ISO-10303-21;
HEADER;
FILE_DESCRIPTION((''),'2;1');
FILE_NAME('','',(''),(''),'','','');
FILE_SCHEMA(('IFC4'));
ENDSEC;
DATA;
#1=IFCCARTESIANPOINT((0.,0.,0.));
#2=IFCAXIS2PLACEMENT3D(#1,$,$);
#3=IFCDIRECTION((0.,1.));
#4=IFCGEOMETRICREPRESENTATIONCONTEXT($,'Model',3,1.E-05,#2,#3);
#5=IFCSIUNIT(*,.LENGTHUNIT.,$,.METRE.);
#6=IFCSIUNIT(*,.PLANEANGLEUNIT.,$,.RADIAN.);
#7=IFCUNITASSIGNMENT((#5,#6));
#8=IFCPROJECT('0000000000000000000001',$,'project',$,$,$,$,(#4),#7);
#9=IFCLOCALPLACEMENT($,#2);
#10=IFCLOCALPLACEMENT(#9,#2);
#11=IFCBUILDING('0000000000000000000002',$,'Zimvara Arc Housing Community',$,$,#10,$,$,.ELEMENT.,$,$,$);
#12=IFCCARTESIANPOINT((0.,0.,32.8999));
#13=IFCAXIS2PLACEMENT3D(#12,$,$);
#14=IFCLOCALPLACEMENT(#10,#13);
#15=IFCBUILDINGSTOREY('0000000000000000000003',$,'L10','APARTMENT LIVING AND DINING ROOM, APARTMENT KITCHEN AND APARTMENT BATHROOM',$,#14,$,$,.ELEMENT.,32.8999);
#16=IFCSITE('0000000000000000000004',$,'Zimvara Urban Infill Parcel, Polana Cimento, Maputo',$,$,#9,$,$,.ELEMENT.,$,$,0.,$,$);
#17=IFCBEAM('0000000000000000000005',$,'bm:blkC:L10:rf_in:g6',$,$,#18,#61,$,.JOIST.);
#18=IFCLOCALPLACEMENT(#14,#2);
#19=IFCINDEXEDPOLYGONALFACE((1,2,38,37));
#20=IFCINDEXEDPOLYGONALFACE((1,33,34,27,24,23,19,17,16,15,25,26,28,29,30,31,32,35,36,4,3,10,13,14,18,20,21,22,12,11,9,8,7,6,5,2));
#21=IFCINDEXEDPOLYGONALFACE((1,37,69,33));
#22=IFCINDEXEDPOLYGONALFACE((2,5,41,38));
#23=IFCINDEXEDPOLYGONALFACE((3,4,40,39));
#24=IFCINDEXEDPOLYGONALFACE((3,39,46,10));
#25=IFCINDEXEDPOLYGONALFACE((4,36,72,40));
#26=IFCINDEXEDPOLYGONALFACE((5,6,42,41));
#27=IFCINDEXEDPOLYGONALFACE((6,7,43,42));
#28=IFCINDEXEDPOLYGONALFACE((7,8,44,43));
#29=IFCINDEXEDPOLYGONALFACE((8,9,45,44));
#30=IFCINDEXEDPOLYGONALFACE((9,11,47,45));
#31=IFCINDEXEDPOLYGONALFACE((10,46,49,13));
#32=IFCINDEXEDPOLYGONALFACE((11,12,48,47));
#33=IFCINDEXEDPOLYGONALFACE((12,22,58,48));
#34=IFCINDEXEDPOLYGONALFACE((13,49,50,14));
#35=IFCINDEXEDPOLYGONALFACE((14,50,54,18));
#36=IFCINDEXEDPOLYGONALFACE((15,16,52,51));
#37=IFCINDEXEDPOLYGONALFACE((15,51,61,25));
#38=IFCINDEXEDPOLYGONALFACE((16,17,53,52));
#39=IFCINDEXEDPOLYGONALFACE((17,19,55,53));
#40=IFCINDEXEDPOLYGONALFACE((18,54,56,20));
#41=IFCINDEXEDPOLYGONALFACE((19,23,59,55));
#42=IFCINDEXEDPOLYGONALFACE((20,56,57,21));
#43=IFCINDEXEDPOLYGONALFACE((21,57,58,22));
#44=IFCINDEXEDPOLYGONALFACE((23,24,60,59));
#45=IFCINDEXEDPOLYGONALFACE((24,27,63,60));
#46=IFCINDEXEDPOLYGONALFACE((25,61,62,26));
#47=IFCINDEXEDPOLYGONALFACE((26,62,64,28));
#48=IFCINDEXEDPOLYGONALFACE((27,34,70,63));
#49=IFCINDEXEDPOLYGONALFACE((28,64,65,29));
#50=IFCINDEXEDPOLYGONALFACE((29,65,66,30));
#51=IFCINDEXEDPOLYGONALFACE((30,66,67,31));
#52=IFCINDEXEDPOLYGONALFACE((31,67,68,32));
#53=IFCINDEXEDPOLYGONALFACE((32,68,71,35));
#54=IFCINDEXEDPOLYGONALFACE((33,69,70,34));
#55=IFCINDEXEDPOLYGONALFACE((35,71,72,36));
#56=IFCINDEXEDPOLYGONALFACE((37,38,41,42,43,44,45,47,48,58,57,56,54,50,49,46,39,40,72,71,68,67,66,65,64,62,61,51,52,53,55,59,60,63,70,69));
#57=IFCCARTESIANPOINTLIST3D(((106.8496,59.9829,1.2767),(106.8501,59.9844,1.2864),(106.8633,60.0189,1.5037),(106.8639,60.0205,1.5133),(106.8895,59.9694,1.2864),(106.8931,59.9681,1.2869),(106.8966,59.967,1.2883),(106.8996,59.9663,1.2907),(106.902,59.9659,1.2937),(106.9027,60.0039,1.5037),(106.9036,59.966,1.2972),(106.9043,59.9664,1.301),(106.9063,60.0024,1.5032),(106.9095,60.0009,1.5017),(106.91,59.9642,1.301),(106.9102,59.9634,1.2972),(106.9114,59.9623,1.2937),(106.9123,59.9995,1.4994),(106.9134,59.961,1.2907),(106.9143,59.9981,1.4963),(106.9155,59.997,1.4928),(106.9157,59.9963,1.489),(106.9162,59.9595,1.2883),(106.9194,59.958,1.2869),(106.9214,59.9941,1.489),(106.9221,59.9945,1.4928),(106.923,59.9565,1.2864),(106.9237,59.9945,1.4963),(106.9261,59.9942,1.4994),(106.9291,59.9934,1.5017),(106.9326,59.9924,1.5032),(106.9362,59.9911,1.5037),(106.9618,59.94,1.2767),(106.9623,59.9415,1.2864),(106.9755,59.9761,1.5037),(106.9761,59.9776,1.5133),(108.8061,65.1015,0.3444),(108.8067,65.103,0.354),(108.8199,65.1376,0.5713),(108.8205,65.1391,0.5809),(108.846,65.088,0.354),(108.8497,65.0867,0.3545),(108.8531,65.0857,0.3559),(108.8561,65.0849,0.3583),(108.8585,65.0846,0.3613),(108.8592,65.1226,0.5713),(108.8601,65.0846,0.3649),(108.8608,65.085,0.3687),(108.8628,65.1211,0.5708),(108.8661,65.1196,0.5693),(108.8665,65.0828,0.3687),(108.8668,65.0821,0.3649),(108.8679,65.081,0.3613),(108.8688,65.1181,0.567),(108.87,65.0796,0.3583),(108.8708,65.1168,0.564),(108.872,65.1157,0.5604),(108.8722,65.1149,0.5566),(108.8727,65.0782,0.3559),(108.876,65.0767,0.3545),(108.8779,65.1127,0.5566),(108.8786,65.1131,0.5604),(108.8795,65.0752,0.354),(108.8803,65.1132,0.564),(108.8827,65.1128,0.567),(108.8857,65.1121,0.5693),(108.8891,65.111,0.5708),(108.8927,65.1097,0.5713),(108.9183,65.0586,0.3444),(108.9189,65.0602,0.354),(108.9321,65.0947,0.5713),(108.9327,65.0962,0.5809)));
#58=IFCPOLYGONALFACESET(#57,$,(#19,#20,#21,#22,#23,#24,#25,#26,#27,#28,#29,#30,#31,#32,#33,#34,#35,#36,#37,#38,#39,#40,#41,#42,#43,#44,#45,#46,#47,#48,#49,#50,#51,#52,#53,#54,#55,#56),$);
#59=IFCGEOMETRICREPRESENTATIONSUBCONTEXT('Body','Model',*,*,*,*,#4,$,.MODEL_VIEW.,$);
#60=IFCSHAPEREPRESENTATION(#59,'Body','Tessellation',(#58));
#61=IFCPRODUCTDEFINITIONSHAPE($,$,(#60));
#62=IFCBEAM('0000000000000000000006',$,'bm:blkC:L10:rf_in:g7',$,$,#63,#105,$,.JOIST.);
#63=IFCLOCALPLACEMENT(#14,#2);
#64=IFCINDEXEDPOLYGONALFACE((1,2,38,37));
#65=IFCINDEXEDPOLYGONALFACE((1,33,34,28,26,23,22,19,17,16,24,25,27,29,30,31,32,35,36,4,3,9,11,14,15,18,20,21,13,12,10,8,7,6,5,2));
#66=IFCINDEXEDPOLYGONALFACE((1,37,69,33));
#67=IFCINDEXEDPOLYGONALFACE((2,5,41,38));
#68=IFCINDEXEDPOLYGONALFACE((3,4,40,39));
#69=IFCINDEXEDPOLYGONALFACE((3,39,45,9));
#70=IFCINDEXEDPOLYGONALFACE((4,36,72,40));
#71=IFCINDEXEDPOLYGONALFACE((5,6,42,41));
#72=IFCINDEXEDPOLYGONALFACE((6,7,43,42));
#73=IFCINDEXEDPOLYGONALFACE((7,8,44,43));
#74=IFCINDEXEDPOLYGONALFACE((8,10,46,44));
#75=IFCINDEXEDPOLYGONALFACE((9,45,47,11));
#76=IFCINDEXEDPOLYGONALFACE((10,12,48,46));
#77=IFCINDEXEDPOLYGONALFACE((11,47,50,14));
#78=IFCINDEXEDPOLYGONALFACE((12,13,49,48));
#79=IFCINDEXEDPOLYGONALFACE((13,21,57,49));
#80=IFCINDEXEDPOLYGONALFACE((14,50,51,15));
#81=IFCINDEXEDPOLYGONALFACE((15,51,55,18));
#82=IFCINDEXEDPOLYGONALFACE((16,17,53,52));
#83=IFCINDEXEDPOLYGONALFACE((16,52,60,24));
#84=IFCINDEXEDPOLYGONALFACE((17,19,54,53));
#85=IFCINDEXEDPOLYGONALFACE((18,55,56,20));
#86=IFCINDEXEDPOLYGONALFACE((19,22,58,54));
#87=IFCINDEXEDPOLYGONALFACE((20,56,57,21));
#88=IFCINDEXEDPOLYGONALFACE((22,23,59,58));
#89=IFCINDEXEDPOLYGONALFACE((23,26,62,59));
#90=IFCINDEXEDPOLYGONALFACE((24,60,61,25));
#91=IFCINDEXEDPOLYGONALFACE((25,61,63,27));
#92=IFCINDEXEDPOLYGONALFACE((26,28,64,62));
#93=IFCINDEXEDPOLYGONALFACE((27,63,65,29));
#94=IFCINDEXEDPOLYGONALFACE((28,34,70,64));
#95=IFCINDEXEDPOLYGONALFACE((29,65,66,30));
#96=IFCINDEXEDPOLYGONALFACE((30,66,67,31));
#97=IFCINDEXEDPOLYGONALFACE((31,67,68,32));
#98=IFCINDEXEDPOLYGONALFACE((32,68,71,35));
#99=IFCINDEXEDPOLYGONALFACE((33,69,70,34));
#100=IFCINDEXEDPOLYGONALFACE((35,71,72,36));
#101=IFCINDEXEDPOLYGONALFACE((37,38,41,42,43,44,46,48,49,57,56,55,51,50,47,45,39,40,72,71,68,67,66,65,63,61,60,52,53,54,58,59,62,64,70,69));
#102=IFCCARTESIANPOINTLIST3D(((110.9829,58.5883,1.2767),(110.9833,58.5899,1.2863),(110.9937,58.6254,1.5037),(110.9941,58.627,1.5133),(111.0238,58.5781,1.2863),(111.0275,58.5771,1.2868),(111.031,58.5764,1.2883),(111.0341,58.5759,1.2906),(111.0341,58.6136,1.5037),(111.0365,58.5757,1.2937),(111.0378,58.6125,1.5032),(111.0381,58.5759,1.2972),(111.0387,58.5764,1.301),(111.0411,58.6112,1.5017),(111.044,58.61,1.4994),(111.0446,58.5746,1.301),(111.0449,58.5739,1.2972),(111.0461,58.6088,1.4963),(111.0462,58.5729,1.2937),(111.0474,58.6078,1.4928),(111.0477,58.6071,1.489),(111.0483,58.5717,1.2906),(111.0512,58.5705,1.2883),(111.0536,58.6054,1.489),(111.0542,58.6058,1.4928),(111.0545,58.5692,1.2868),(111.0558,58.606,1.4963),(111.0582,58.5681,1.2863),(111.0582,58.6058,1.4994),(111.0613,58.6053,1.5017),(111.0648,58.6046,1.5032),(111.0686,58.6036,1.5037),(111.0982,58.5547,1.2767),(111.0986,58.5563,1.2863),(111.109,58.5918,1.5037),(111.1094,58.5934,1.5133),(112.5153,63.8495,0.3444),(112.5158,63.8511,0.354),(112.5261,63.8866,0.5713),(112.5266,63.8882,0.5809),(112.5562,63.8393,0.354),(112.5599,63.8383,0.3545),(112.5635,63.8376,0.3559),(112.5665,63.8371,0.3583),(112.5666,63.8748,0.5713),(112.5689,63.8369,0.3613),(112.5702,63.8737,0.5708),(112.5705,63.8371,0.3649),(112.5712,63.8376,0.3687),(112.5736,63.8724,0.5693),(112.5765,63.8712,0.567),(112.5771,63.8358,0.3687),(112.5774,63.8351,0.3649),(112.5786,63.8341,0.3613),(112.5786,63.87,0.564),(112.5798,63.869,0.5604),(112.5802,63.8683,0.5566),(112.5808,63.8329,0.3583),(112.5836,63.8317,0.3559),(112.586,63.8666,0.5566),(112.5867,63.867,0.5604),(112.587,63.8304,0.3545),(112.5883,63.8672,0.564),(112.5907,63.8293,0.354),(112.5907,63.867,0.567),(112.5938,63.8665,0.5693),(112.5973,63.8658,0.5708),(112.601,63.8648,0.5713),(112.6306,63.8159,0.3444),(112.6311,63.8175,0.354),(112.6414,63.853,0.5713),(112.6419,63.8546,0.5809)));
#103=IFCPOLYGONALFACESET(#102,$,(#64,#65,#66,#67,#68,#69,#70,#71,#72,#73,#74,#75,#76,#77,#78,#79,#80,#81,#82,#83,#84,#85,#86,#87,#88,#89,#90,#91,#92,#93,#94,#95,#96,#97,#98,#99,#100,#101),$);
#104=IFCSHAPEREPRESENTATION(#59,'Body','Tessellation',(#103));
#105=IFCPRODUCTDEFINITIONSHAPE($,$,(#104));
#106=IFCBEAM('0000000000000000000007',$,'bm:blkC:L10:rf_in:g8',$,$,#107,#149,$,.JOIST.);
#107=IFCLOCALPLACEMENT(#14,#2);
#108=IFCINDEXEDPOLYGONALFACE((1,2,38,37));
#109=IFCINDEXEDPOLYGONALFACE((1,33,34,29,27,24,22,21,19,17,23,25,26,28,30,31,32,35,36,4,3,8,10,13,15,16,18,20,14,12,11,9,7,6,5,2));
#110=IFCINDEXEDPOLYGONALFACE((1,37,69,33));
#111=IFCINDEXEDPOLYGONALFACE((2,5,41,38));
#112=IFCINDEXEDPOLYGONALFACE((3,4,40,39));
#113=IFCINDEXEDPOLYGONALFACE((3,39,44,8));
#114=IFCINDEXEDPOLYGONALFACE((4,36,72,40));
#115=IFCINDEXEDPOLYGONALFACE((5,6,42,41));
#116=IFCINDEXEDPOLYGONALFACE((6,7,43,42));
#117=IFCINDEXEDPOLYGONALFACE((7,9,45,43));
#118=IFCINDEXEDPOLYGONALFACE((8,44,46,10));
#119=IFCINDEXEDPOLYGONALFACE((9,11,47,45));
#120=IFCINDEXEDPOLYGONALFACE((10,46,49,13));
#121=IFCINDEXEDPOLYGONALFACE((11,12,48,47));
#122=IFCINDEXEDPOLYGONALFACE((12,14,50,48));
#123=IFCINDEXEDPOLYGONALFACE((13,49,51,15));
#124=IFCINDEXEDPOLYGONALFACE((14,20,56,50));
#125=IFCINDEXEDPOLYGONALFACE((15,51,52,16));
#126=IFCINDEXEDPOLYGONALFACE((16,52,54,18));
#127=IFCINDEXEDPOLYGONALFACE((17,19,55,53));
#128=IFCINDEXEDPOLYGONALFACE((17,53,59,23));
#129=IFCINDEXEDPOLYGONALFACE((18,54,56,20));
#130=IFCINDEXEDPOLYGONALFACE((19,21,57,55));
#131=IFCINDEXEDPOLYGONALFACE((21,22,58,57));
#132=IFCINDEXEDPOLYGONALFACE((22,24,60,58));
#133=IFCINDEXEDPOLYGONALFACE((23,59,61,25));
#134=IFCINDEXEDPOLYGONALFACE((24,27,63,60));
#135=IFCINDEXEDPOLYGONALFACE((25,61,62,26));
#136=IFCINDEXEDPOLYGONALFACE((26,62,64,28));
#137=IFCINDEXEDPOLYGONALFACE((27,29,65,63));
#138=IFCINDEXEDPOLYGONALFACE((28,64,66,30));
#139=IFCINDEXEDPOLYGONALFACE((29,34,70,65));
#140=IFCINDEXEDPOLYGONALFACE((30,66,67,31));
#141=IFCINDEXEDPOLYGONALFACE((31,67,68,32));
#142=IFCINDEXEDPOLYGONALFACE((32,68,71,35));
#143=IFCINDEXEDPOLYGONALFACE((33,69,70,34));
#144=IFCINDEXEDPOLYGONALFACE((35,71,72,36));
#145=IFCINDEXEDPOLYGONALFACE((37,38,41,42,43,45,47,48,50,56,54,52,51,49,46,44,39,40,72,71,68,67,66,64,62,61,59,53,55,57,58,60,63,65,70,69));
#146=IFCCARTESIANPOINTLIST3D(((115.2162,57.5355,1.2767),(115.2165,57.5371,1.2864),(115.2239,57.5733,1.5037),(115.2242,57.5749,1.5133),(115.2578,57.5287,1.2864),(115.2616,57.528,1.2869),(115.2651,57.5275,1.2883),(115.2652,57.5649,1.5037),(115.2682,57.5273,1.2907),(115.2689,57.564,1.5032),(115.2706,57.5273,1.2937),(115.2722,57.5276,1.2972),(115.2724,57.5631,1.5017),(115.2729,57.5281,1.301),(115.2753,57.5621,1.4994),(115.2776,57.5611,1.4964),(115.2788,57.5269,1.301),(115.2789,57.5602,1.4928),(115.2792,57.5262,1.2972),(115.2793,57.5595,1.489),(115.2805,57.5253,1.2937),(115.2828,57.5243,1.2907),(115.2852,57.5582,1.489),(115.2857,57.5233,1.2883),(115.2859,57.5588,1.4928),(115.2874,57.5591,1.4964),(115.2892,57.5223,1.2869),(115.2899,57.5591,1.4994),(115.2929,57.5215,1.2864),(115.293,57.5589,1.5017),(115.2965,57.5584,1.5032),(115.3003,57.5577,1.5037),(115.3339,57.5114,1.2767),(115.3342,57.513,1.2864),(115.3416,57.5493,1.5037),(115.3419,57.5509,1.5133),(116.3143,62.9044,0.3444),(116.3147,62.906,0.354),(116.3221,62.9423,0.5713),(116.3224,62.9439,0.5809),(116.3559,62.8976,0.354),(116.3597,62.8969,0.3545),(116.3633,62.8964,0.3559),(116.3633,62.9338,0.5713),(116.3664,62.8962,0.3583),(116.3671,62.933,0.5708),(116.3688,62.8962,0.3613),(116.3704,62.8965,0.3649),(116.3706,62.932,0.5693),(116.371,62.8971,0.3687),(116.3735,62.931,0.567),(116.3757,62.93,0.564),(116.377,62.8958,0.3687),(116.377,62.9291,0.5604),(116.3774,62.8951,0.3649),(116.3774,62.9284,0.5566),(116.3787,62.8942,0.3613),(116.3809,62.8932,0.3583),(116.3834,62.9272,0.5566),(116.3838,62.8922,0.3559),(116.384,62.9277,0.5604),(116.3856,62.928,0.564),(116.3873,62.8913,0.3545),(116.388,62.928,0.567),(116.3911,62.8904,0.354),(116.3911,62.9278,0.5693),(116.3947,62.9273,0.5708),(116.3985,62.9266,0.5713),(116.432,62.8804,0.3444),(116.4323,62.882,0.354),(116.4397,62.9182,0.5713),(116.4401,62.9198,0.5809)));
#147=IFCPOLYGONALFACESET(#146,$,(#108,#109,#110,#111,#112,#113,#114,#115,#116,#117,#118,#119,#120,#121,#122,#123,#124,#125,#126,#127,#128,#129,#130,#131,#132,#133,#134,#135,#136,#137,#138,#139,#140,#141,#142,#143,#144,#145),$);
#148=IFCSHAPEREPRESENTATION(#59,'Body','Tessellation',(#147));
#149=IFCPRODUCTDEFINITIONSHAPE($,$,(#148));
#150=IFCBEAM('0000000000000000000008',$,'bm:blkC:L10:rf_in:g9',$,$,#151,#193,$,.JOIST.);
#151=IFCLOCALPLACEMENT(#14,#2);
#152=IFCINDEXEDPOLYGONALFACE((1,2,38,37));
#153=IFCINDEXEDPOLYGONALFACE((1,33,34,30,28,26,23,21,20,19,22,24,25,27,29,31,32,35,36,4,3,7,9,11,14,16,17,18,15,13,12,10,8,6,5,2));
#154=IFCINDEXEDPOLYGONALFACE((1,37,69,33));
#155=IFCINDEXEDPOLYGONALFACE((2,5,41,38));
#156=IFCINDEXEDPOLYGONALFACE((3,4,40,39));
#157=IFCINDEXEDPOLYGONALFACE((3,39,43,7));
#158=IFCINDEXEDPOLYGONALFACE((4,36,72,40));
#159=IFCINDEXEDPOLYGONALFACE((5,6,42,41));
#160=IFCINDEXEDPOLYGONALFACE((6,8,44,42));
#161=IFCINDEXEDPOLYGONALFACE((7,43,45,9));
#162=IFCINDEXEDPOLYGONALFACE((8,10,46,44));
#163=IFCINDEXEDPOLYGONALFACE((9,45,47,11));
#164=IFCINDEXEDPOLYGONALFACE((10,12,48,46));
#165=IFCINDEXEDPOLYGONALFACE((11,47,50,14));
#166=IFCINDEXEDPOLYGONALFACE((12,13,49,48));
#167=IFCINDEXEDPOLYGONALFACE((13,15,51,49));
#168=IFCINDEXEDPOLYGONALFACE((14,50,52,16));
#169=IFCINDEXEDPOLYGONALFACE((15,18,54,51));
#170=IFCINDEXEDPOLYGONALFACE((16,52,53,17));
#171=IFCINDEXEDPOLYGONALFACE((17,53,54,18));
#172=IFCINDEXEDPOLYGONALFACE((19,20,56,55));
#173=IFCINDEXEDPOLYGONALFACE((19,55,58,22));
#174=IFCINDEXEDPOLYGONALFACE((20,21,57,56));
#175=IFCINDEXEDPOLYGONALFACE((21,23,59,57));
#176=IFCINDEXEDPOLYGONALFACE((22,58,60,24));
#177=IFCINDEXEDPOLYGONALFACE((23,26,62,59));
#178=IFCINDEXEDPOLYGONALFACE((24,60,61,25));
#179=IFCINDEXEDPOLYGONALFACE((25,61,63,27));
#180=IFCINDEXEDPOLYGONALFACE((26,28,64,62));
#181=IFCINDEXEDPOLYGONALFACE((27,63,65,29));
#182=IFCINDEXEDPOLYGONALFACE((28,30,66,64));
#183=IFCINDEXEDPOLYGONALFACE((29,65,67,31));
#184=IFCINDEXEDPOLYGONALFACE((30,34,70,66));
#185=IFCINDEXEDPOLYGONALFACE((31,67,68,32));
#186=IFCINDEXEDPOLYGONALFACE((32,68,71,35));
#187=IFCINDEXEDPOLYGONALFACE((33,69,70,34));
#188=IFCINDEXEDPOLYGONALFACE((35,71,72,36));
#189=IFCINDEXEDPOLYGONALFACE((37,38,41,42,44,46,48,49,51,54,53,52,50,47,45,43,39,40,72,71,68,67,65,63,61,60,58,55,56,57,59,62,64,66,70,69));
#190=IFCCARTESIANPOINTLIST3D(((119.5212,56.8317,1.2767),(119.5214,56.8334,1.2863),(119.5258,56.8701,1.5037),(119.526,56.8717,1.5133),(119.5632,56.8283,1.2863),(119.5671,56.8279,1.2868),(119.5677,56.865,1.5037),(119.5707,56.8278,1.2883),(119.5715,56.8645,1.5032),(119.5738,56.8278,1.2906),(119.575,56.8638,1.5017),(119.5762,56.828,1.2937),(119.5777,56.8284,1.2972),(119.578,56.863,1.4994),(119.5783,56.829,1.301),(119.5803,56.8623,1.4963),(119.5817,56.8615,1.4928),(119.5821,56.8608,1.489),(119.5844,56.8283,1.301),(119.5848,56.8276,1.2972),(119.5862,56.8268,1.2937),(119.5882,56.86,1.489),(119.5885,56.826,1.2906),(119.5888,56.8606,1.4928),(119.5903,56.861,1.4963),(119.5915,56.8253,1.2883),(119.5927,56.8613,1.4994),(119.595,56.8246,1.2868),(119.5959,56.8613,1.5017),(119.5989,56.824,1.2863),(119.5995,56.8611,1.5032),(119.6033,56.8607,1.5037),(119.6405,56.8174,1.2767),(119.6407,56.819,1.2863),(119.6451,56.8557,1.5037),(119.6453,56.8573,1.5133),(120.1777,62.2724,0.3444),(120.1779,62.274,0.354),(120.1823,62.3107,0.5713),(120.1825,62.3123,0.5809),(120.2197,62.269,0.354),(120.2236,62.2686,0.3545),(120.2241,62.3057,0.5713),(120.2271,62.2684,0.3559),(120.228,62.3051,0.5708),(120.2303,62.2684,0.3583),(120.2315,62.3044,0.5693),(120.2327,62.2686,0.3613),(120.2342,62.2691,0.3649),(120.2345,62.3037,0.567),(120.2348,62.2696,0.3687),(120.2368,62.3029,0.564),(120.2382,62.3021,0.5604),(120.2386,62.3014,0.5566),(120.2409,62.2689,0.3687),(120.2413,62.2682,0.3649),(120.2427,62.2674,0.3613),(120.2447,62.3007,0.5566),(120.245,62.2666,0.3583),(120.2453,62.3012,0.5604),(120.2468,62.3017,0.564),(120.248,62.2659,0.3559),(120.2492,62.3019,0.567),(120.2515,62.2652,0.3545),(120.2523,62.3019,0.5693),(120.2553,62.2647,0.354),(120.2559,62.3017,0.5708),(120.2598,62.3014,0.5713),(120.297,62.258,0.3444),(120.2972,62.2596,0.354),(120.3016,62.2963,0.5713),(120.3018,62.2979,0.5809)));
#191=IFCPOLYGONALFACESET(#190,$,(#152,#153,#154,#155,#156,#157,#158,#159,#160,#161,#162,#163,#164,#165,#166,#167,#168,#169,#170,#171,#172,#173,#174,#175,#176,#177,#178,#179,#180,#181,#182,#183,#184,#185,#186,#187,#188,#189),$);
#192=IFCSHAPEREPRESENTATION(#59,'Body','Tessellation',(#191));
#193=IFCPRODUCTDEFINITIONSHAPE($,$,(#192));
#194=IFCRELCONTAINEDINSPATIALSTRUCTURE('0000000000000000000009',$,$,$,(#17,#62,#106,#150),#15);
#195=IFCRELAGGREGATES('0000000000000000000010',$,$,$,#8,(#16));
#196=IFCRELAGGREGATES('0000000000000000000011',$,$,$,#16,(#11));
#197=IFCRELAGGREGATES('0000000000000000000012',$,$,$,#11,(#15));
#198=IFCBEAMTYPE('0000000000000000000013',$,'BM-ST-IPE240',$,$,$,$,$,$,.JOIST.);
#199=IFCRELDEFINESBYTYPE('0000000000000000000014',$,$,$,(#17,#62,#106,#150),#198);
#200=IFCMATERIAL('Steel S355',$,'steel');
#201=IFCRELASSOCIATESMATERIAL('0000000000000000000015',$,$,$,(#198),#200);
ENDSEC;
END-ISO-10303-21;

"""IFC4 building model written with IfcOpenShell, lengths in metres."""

from ifc_helpers import new_model, si_unit, direction, frame, origin, origin_2d, place, context, subcontext, project, spatial, i_section, extrude, material, material_profile, profile_set, type_object, element, save


model = new_model("IFC4")

# Units and contexts
model_context = context("Model", 3, precision=1e-05, world=origin(), true_north=direction((0.0, 1.0)))
body_context = subcontext(model_context, "Body", "Model", "MODEL_VIEW")
ifc_project = project(units=[si_unit("LENGTHUNIT", "METRE"), si_unit("PLANEANGLEUNIT", "RADIAN")], contexts=[model_context])

# Site, building, storey
site_placement = place(None, origin())
site = spatial("IfcSite", under=ifc_project, at=site_placement, Name="Zimvara Urban Infill Parcel, Polana Cimento, Maputo", CompositionType="ELEMENT", RefElevation=0.0)
building_placement = place(site_placement, origin())
building = spatial("IfcBuilding", under=site, at=building_placement, Name="Zimvara Arc Housing Community", CompositionType="ELEMENT")
storey_placement = place(building_placement, frame((0.0, 0.0, 32.8999)))
storey = spatial("IfcBuildingStorey", under=building, at=storey_placement, Name="L10", Description="APARTMENT LIVING AND DINING ROOM, APARTMENT KITCHEN AND APARTMENT BATHROOM", CompositionType="ELEMENT", Elevation=32.8999)

# Beams
ifc_material_1 = material(Name="Steel S355", Category="steel")
ifc_material_profile_1 = material_profile(ifc_material_1, i_section(OverallWidth=0.1201, OverallDepth=0.24, WebThickness=0.0061, FlangeThickness=0.0098, FilletRadius=0.0149, at=origin_2d()), Name="IPE 240")
ifc_profile_set_1 = profile_set([ifc_material_profile_1], Name="Steel S355")
beam_type_1 = type_object("IfcBeamType", Name="BM-ST-IPE240", PredefinedType="JOIST", material=ifc_profile_set_1)
for number, where, z_axis, x_axis, name in (
    (1, (108.8694, 65.0989, 0.4626), (-0.351985, -0.920854, 0.167735), (0.934088, -0.357044, 0.0), "bm:blkC:L10:rf_in:g6"),
    (2, (112.5786, 63.8521, 0.4626), (-0.275692, -0.946498, 0.167734), (0.960101, -0.279654, 0.0), "bm:blkC:L10:rf_in:g7"),
):
    element("IfcBeam", number, at=place(storey_placement, frame(where, z_axis=z_axis, x_axis=x_axis)), inside=storey, type_object=beam_type_1, Name=name, PredefinedType="JOIST", context=body_context, shape_type="SweptSolid", body=[
        extrude(i_section(OverallWidth=0.1201, OverallDepth=0.24, WebThickness=0.0061, FlangeThickness=0.0098, FilletRadius=0.0149, at=origin_2d()), origin(), (0.0, 0.0, 1.0), 5.5586),
    ])
for number, where, z_axis, x_axis, name in (
    (3, (116.3772, 62.9121, 0.4626), (-0.197551, -0.965837, 0.167729), (0.979716, -0.200389, 0.0), "bm:blkC:L10:rf_in:g8"),
    (4, (120.2397, 62.2852, 0.4626), (-0.118098, -0.978734, 0.167727), (0.992799, -0.119795, 0.0), "bm:blkC:L10:rf_in:g9"),
):
    element("IfcBeam", number, at=place(storey_placement, frame(where, z_axis=z_axis, x_axis=x_axis)), inside=storey, type_object=beam_type_1, Name=name, PredefinedType="JOIST", context=body_context, shape_type="SweptSolid", body=[
        extrude(i_section(OverallWidth=0.1201, OverallDepth=0.24, WebThickness=0.0061, FlangeThickness=0.0098, FilletRadius=0.0149, at=origin_2d()), origin(), (0.0, 0.0, 1.0), 5.5588),
    ])

save(model, "model.ifc")
